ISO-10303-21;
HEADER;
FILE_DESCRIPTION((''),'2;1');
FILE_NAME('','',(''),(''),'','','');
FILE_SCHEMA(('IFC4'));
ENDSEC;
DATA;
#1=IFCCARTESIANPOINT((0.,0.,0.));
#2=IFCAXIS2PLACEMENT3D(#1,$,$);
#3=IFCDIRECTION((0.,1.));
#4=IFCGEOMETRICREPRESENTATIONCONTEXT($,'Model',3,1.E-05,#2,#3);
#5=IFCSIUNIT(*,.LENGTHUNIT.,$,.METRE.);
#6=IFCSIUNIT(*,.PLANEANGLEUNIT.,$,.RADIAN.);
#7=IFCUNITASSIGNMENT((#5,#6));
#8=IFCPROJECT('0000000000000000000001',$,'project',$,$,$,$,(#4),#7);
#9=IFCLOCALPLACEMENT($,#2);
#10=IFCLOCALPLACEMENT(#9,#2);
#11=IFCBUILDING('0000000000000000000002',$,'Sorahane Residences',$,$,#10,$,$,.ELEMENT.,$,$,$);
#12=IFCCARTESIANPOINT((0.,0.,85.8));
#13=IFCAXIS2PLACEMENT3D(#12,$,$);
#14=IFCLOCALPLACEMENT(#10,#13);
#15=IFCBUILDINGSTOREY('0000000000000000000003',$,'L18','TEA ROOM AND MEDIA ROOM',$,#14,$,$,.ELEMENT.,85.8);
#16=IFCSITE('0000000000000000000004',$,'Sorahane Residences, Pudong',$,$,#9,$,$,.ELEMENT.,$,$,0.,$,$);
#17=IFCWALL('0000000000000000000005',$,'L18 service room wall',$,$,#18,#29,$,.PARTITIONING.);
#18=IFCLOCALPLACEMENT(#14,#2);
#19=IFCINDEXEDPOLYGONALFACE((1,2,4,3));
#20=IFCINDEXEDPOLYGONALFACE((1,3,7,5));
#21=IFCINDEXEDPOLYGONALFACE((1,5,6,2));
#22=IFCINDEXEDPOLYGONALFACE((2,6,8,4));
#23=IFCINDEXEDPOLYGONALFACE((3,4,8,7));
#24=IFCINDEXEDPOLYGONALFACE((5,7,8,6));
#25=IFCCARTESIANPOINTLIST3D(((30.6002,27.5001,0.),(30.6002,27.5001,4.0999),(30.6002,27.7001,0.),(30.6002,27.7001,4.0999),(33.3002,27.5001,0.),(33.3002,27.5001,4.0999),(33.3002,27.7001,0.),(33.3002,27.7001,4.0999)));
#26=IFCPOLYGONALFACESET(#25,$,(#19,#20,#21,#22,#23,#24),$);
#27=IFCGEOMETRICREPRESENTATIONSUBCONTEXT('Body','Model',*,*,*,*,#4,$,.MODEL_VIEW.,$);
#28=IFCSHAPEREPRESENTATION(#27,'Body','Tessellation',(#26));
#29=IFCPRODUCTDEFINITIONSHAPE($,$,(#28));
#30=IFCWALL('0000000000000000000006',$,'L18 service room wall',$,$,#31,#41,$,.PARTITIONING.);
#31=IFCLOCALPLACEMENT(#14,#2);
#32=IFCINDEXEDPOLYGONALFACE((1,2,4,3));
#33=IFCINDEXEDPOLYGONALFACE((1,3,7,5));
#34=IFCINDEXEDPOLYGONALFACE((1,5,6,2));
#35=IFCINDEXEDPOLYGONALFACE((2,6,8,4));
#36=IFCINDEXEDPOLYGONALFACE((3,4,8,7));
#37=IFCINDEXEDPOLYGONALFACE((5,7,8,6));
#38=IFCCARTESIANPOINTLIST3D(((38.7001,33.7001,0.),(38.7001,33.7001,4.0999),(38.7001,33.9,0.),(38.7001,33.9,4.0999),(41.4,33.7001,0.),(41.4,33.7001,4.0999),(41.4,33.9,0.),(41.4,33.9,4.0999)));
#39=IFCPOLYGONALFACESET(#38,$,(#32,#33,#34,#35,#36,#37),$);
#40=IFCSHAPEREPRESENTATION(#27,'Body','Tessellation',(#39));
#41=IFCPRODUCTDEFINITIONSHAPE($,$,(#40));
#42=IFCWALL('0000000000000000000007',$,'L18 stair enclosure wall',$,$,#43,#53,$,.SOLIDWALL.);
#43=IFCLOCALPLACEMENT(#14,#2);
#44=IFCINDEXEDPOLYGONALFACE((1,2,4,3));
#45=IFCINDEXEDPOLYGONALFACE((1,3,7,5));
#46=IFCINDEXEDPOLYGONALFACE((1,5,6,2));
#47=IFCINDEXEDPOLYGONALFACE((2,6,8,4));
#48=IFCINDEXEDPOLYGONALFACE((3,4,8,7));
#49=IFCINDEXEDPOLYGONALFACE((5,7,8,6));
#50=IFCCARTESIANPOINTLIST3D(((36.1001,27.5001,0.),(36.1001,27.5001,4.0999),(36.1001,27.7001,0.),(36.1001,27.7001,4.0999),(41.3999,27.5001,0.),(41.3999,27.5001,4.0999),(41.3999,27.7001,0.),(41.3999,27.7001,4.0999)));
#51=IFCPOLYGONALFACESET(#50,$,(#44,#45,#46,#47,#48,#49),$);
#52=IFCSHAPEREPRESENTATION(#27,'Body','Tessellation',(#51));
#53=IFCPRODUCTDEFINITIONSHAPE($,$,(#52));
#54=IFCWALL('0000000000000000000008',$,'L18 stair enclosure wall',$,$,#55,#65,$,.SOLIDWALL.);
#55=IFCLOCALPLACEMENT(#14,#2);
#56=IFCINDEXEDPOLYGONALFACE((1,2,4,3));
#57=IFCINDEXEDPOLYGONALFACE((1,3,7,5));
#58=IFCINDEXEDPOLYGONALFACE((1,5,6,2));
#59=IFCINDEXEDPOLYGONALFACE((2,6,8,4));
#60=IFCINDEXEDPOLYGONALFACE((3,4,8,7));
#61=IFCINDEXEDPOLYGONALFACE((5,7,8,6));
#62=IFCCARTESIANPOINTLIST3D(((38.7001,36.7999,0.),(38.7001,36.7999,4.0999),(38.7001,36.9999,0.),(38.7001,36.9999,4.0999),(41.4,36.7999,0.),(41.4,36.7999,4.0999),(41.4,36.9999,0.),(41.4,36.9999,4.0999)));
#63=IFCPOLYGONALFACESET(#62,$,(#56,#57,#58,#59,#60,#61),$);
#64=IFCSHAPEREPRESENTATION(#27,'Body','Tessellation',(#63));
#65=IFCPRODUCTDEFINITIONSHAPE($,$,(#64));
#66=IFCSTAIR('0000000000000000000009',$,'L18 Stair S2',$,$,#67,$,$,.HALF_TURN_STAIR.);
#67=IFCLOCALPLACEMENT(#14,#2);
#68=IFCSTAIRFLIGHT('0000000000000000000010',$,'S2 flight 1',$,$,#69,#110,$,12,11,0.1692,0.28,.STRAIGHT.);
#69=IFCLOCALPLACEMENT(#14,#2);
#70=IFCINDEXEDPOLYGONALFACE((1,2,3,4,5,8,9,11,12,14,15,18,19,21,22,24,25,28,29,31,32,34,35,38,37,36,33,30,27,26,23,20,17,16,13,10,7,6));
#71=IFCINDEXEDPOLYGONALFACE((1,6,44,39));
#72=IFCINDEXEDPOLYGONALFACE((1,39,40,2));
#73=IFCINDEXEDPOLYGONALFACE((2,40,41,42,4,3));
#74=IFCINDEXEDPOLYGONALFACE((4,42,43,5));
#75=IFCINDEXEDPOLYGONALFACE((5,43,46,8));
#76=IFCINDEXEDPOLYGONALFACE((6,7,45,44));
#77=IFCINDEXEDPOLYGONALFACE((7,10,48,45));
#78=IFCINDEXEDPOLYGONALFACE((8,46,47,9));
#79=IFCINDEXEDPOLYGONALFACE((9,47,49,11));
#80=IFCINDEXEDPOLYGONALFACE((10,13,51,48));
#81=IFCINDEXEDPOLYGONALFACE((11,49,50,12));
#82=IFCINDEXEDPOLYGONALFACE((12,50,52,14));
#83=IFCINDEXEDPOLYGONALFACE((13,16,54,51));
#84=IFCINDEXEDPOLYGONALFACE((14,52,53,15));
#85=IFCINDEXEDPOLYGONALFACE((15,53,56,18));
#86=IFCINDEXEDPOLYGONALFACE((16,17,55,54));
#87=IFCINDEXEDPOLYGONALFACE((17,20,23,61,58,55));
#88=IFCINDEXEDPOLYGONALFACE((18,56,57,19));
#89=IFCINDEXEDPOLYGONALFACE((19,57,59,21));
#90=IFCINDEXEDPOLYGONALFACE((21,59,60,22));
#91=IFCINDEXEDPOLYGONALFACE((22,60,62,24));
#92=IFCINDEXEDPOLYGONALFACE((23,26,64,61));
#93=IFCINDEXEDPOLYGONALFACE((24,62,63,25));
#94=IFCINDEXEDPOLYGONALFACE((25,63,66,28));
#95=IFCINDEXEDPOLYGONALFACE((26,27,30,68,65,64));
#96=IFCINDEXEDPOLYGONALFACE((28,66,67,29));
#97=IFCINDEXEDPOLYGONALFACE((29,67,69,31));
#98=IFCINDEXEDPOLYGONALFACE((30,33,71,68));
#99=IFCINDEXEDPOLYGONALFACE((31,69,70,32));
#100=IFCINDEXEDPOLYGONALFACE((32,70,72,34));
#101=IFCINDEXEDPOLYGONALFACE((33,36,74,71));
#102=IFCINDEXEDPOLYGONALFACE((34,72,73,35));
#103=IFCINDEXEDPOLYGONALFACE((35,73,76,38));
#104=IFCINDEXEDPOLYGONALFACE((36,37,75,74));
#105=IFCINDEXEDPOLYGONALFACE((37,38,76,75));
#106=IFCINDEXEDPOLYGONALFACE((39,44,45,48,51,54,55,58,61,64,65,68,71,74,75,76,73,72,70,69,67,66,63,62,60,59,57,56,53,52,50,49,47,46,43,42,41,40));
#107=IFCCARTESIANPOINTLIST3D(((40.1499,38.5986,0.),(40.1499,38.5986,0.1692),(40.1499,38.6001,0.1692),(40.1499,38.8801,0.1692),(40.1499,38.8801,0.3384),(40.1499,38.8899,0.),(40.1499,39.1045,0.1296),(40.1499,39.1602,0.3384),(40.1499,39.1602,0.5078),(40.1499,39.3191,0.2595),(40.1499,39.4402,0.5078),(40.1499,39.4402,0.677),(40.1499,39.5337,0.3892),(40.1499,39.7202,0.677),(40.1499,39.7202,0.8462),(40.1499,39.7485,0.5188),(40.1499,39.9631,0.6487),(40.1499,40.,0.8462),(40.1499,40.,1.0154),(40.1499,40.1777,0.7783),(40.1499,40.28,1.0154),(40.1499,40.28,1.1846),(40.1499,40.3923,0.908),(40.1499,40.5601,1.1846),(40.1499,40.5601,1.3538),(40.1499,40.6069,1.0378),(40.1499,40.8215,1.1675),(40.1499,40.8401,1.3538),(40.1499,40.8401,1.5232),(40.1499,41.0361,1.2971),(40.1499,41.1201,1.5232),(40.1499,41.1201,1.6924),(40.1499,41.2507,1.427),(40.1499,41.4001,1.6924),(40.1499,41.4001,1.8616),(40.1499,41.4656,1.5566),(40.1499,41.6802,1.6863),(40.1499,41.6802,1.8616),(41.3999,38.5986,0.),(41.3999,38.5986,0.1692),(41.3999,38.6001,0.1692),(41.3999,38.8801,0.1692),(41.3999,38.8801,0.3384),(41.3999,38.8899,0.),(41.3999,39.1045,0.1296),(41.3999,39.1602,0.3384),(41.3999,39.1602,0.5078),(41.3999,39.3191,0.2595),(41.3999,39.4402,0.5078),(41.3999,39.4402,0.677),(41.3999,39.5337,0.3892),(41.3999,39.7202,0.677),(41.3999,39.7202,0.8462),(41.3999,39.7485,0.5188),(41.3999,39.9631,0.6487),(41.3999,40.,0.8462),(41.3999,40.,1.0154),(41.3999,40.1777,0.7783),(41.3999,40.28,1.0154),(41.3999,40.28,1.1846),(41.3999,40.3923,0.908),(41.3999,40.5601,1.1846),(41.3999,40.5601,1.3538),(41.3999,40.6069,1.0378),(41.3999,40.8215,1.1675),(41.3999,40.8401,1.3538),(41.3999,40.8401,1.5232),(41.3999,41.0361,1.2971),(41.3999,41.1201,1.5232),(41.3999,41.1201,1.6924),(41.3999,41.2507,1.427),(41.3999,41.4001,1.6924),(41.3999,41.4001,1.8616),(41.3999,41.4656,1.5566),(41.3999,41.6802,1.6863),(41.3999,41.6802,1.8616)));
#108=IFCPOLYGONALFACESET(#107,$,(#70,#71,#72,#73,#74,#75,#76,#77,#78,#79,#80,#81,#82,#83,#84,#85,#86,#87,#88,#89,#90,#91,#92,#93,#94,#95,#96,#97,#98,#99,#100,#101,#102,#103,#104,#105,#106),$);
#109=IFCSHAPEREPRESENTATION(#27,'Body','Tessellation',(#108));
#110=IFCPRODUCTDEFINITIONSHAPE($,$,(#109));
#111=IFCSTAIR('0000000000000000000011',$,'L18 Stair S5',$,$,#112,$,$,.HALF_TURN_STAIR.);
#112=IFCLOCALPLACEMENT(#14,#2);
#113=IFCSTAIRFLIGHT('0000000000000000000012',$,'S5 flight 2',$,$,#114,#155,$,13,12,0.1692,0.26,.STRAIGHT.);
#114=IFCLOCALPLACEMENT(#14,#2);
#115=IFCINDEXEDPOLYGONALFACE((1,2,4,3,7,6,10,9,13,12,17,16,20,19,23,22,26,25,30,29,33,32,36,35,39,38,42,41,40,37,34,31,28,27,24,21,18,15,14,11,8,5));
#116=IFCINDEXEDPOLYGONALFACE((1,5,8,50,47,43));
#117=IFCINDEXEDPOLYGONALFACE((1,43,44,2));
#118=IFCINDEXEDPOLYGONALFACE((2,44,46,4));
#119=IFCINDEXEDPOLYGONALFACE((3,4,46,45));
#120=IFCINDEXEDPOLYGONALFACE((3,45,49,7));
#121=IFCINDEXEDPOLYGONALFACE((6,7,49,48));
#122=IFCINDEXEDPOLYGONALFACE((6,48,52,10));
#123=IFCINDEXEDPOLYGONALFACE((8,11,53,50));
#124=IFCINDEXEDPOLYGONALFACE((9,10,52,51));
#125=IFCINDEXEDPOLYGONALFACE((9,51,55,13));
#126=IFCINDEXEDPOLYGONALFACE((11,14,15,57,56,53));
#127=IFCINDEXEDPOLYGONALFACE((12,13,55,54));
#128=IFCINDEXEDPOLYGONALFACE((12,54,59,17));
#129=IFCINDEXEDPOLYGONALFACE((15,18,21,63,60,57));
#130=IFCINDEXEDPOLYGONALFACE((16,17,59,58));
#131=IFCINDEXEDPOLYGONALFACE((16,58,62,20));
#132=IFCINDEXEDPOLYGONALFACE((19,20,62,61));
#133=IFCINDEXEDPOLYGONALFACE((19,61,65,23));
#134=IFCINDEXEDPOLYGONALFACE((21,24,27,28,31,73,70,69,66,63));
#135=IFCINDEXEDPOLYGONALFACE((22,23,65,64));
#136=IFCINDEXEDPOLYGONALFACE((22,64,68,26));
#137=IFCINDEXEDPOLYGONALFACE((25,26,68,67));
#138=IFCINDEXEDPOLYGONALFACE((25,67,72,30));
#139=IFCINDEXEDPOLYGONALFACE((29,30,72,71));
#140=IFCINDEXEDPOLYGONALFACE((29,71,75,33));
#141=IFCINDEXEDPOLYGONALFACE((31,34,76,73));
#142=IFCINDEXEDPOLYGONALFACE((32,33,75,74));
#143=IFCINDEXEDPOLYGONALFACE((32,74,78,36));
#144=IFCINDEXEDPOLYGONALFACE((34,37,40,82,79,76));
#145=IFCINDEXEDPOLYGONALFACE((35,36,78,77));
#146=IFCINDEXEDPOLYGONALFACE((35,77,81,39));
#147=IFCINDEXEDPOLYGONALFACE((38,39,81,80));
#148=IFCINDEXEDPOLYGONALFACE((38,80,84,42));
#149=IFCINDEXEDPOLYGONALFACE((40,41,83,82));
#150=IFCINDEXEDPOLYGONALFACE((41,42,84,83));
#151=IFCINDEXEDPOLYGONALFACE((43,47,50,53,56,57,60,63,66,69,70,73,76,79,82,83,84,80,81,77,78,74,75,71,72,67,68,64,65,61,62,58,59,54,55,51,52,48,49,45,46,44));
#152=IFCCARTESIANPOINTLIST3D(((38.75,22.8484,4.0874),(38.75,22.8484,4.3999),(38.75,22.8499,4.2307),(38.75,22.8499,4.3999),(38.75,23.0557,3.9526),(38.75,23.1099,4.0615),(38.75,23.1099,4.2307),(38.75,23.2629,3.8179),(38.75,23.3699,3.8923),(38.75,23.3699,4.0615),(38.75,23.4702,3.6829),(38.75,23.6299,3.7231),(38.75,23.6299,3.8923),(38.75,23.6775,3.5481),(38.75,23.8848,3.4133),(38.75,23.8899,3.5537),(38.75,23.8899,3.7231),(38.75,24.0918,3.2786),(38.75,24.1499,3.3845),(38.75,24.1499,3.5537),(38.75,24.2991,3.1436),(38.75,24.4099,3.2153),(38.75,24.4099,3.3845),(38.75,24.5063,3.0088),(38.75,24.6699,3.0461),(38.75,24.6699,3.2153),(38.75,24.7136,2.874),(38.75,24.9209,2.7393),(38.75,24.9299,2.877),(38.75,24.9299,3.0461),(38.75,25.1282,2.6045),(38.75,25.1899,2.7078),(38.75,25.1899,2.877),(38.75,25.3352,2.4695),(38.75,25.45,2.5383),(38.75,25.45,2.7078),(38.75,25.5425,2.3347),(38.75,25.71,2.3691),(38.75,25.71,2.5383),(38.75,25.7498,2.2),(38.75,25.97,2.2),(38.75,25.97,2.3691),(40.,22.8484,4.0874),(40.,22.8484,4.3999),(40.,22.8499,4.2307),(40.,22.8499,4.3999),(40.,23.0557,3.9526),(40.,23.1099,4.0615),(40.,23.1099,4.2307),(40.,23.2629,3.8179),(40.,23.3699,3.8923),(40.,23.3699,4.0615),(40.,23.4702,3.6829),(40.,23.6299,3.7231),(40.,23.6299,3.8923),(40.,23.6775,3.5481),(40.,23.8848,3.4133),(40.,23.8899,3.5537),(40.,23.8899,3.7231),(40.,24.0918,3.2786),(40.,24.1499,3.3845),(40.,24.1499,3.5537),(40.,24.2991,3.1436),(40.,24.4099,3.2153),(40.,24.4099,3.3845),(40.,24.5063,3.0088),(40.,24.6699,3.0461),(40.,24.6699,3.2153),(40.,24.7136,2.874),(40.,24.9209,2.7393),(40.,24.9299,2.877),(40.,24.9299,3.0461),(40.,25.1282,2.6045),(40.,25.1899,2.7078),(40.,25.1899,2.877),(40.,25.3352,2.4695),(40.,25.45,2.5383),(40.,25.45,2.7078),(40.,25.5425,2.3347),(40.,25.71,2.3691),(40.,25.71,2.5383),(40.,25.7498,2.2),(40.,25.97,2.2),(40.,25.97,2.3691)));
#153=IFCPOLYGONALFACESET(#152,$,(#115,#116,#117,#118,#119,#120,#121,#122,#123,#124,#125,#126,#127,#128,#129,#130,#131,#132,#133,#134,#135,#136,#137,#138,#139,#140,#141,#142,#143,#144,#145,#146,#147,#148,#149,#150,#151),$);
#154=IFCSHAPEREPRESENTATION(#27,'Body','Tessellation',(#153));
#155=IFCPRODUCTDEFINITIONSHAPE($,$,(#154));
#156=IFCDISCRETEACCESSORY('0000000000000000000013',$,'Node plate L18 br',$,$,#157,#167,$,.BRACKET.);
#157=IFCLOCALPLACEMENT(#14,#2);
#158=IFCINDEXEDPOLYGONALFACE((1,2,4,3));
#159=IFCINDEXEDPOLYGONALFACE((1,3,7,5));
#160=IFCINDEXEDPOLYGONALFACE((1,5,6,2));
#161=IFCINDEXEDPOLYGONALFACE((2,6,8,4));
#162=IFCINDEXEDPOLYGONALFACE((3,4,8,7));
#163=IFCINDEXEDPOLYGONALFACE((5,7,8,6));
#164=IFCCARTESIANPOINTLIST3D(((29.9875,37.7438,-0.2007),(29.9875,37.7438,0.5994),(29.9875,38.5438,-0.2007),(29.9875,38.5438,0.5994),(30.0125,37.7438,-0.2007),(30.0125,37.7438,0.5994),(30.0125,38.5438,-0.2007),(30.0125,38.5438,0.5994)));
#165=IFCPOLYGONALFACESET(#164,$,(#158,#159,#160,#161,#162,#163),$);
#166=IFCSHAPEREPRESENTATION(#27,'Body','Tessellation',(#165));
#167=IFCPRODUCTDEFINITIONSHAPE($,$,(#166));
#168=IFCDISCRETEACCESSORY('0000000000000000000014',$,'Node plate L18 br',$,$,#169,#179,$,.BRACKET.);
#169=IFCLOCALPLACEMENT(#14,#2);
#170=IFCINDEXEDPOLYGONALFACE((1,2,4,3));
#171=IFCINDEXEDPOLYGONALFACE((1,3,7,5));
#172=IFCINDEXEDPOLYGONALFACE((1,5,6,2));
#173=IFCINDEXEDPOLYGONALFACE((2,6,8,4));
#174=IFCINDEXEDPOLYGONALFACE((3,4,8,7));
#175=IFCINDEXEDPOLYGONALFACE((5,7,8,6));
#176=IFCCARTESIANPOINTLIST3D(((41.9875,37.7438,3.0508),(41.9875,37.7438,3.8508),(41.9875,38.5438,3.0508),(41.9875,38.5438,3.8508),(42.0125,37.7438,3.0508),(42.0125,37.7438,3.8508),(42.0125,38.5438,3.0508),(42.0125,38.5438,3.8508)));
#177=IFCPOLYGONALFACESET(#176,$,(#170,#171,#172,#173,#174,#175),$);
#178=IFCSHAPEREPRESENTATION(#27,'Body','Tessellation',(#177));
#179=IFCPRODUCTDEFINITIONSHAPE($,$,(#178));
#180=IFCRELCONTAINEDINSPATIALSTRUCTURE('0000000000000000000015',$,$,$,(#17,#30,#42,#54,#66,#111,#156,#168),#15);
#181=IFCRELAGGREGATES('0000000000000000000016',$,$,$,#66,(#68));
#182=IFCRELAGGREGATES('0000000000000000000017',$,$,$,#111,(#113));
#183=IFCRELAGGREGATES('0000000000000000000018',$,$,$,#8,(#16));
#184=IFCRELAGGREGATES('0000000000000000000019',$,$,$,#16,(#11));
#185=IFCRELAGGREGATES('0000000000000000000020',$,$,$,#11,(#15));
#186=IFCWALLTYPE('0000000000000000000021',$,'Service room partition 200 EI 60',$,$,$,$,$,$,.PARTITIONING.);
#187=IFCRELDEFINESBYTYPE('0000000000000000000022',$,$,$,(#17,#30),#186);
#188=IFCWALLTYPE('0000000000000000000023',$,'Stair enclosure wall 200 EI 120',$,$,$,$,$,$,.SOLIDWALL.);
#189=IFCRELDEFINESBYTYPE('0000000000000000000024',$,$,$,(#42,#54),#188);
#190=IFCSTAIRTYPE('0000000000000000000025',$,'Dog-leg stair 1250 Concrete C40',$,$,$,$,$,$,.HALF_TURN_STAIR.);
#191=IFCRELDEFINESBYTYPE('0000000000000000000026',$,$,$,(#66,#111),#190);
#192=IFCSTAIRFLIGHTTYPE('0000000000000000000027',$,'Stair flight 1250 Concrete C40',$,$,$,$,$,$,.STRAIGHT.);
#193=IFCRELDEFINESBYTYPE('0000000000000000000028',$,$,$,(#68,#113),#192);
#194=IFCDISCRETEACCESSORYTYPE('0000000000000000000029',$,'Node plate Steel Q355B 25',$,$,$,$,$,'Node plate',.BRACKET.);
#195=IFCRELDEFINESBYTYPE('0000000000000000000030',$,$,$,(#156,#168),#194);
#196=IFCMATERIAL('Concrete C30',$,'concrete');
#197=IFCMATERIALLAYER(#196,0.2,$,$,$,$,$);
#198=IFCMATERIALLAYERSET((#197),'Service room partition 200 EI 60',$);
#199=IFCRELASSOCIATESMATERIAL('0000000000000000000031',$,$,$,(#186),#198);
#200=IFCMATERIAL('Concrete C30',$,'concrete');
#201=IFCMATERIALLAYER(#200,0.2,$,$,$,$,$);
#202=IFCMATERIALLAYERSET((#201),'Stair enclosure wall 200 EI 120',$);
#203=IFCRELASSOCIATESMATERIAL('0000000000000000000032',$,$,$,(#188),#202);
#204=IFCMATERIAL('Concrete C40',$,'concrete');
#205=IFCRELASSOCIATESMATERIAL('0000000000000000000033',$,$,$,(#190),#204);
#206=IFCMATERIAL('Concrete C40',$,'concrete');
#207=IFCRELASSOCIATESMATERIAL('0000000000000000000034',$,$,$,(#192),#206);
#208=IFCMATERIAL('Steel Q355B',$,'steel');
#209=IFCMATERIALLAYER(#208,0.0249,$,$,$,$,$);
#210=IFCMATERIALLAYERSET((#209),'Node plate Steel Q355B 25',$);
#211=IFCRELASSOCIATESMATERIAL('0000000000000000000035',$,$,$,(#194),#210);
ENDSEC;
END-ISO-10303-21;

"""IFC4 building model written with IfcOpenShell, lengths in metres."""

from ifc_helpers import new_model, si_unit, direction, frame, frame_2d, origin, origin_2d, place, context, subcontext, project, spatial, polyline, rectangle, outline, extrude, material, layer, layer_set, type_object, element, aggregate, save


model = new_model("IFC4")

# Units and contexts
model_context = context("Model", 3, precision=1e-05, world=origin(), true_north=direction((0.0, 1.0)))
body_context = subcontext(model_context, "Body", "Model", "MODEL_VIEW")
ifc_project = project(units=[si_unit("LENGTHUNIT", "METRE"), si_unit("PLANEANGLEUNIT", "RADIAN")], contexts=[model_context])

# Site, building, storey
site_placement = place(None, origin())
site = spatial("IfcSite", under=ifc_project, at=site_placement, Name="Sorahane Residences, Pudong", CompositionType="ELEMENT", RefElevation=0.0)
building_placement = place(site_placement, origin())
building = spatial("IfcBuilding", under=site, at=building_placement, Name="Sorahane Residences", CompositionType="ELEMENT")
storey_placement = place(building_placement, frame((0.0, 0.0, 85.8)))
storey = spatial("IfcBuildingStorey", under=building, at=storey_placement, Name="L18", Description="TEA ROOM AND MEDIA ROOM", CompositionType="ELEMENT", Elevation=85.8)

# Walls
ifc_material_1 = material(Name="Concrete C30", Category="concrete")
ifc_layer_1 = layer(ifc_material_1, 0.2)
ifc_layer_set_1 = layer_set([ifc_layer_1], Name="Service room partition 200 EI 60")
wall_type_1 = type_object("IfcWallType", Name="Service room partition 200 EI 60", PredefinedType="PARTITIONING", material=ifc_layer_set_1)
for number, where, z_axis, x_axis, name in (
    (1, (30.6001, 27.6001, 0.0), (0.0, 0.0, 1.0), (1.0, 0.0, 0.0), "L18 service room wall"),
    (2, (38.7, 33.8, 0.0), (0.0, 0.0, 1.0), (1.0, 0.0, 0.0), "L18 service room wall"),
):
    element("IfcWall", number, at=place(storey_placement, frame(where, z_axis=z_axis, x_axis=x_axis)), inside=storey, type_object=wall_type_1, Name=name, PredefinedType="PARTITIONING", context=body_context, shape_type="SweptSolid", body=[
        extrude(rectangle(XDim=2.7, YDim=0.2, at=frame_2d((1.3501, 0.0))), origin(), (0.0, 0.0, 1.0), 4.0999),
    ])
ifc_material_2 = material(Name="Concrete C30", Category="concrete")
ifc_layer_2 = layer(ifc_material_2, 0.2)
ifc_layer_set_2 = layer_set([ifc_layer_2], Name="Stair enclosure wall 200 EI 120")
wall_type_2 = type_object("IfcWallType", Name="Stair enclosure wall 200 EI 120", PredefinedType="SOLIDWALL", material=ifc_layer_set_2)
wall_1_placement = place(storey_placement, frame((36.1001, 27.6001, 0.0), z_axis=(0.0, 0.0, 1.0), x_axis=(1.0, 0.0, 0.0)))
element("IfcWall", 3, at=wall_1_placement, inside=storey, type_object=wall_type_2, Name="L18 stair enclosure wall", PredefinedType="SOLIDWALL", context=body_context, shape_type="SweptSolid", body=[
    extrude(rectangle(XDim=5.2998, YDim=0.2, at=frame_2d((2.6499, 0.0))), origin(), (0.0, 0.0, 1.0), 4.0999),
])
wall_2_placement = place(storey_placement, frame((38.7, 36.8999, 0.0), z_axis=(0.0, 0.0, 1.0), x_axis=(1.0, 0.0, 0.0)))
element("IfcWall", 4, at=wall_2_placement, inside=storey, type_object=wall_type_2, Name="L18 stair enclosure wall", PredefinedType="SOLIDWALL", context=body_context, shape_type="SweptSolid", body=[
    extrude(rectangle(XDim=2.7, YDim=0.2, at=frame_2d((1.3501, 0.0))), origin(), (0.0, 0.0, 1.0), 4.0999),
])

# Stairs, stair flights
ifc_material_3 = material(Name="Concrete C40", Category="concrete")
stair_type = type_object("IfcStairType", Name="Dog-leg stair 1250 Concrete C40", PredefinedType="HALF_TURN_STAIR", material=ifc_material_3)
stair_1_placement = place(storey_placement, origin())
stair_1 = element("IfcStair", 5, at=stair_1_placement, inside=storey, type_object=stair_type, Name="L18 Stair S2", PredefinedType="HALF_TURN_STAIR")
ifc_material_4 = material(Name="Concrete C40", Category="concrete")
stair_flight_type = type_object("IfcStairFlightType", Name="Stair flight 1250 Concrete C40", PredefinedType="STRAIGHT", material=ifc_material_4)
stair_flight_1_placement = place(storey_placement, frame((40.7749, 38.6001, 0.0), z_axis=(0.0, 0.0, 1.0), x_axis=(0.0, 1.0, 0.0)))
stair_flight_1 = element("IfcStairFlight", 6, at=stair_flight_1_placement, type_object=stair_flight_type, Name="S2 flight 1", NumberOfRisers=12, NumberOfTreads=11, PredefinedType="STRAIGHT", RiserHeight=0.1692, TreadLength=0.28, context=body_context, shape_type="SweptSolid", body=[
    extrude(outline(polyline([(-0.0015, 0.0), (-0.0015, 0.1692), (0.0, 0.1692), (0.28, 0.1692), (0.28, 0.3384), (0.5601, 0.3384), (0.5601, 0.5078), (0.8401, 0.5078), (0.8401, 0.677), (1.1201, 0.677), (1.1201, 0.8462), (1.3999, 0.8462), (1.3999, 1.0154), (1.6799, 1.0154), (1.6799, 1.1846), (1.96, 1.1846), (1.96, 1.3538), (2.24, 1.3538), (2.24, 1.5232), (2.52, 1.5232), (2.52, 1.6924), (2.8, 1.6924), (2.8, 1.8616), (3.0801, 1.8616), (3.0801, 2.0308), (3.0801, 1.6863), (2.8655, 1.5566), (2.6506, 1.427), (2.436, 1.2971), (2.2214, 1.1675), (2.0068, 1.0378), (1.7922, 0.908), (1.5776, 0.7783), (1.363, 0.6487), (1.1484, 0.5188), (0.9336, 0.3892), (0.719, 0.2595), (0.5044, 0.1296), (0.2898, 0.0), (-0.0015, 0.0)])), frame((0.0, 0.625, 0.0), z_axis=(0.0, -1.0, 0.0), x_axis=(1.0, 0.0, 0.0)), (0.0, 0.0, 1.0), 1.25),
])
aggregate(stair_1, [stair_flight_1])
stair_2_placement = place(storey_placement, origin())
stair_2 = element("IfcStair", 7, at=stair_2_placement, inside=storey, type_object=stair_type, Name="L18 Stair S5", PredefinedType="HALF_TURN_STAIR")
stair_flight_2_placement = place(storey_placement, frame((39.375, 25.97, 2.2), z_axis=(0.0, 0.0, 1.0), x_axis=(0.0, -1.0, 0.0)))
stair_flight_2 = element("IfcStairFlight", 8, at=stair_flight_2_placement, type_object=stair_flight_type, Name="S5 flight 2", NumberOfRisers=13, NumberOfTreads=12, PredefinedType="STRAIGHT", RiserHeight=0.1692, TreadLength=0.26, context=body_context, shape_type="SweptSolid", body=[
    extrude(outline(polyline([(0.0, 0.0), (0.0, 0.1692), (0.26, 0.1692), (0.26, 0.3384), (0.52, 0.3384), (0.52, 0.5078), (0.78, 0.5078), (0.78, 0.677), (1.04, 0.677), (1.04, 0.8462), (1.3, 0.8462), (1.3, 1.0154), (1.5601, 1.0154), (1.5601, 1.1846), (1.8201, 1.1846), (1.8201, 1.3538), (2.0801, 1.3538), (2.0801, 1.5232), (2.3401, 1.5232), (2.3401, 1.6924), (2.6001, 1.6924), (2.6001, 1.8616), (2.8601, 1.8616), (2.8601, 2.0308), (3.1201, 2.0308), (3.1201, 2.2), (3.1216, 2.2), (3.1216, 1.8875), (2.9143, 1.7527), (2.707, 1.6179), (2.4998, 1.4829), (2.2925, 1.3481), (2.0852, 1.2134), (1.8782, 1.0786), (1.6709, 0.9436), (1.4636, 0.8088), (1.2563, 0.6741), (1.0491, 0.5393), (0.8418, 0.4045), (0.6348, 0.2695), (0.4275, 0.1348), (0.2202, 0.0), (0.0, 0.0)])), frame((0.0, 0.625, 0.0), z_axis=(0.0, -1.0, 0.0), x_axis=(1.0, 0.0, 0.0)), (0.0, 0.0, 1.0), 1.25),
])
aggregate(stair_2, [stair_flight_2])

# Discrete accessories
ifc_material_5 = material(Name="Steel Q355B", Category="steel")
ifc_layer_3 = layer(ifc_material_5, 0.0249)
ifc_layer_set_3 = layer_set([ifc_layer_3], Name="Node plate Steel Q355B 25")
discrete_accessory_type = type_object("IfcDiscreteAccessoryType", Name="Node plate Steel Q355B 25", ElementType="Node plate", PredefinedType="BRACKET", material=ifc_layer_set_3)
for number, where, z_axis, x_axis, name in (
    (9, (30.0, 38.1438, -0.2007), (0.0, 0.0, 1.0), (0.0, 1.0, 0.0), "Node plate L18 br"),
    (10, (42.0, 38.1438, 3.0508), (0.0, 0.0, 1.0), (0.0, 1.0, 0.0), "Node plate L18 br"),
):
    element("IfcDiscreteAccessory", number, at=place(storey_placement, frame(where, z_axis=z_axis, x_axis=x_axis)), inside=storey, type_object=discrete_accessory_type, Name=name, PredefinedType="BRACKET", context=body_context, shape_type="SweptSolid", body=[
        extrude(rectangle(XDim=0.8, YDim=0.0249, at=origin_2d()), origin(), (0.0, 0.0, 1.0), 0.8),
    ])

save(model, "model.ifc")
